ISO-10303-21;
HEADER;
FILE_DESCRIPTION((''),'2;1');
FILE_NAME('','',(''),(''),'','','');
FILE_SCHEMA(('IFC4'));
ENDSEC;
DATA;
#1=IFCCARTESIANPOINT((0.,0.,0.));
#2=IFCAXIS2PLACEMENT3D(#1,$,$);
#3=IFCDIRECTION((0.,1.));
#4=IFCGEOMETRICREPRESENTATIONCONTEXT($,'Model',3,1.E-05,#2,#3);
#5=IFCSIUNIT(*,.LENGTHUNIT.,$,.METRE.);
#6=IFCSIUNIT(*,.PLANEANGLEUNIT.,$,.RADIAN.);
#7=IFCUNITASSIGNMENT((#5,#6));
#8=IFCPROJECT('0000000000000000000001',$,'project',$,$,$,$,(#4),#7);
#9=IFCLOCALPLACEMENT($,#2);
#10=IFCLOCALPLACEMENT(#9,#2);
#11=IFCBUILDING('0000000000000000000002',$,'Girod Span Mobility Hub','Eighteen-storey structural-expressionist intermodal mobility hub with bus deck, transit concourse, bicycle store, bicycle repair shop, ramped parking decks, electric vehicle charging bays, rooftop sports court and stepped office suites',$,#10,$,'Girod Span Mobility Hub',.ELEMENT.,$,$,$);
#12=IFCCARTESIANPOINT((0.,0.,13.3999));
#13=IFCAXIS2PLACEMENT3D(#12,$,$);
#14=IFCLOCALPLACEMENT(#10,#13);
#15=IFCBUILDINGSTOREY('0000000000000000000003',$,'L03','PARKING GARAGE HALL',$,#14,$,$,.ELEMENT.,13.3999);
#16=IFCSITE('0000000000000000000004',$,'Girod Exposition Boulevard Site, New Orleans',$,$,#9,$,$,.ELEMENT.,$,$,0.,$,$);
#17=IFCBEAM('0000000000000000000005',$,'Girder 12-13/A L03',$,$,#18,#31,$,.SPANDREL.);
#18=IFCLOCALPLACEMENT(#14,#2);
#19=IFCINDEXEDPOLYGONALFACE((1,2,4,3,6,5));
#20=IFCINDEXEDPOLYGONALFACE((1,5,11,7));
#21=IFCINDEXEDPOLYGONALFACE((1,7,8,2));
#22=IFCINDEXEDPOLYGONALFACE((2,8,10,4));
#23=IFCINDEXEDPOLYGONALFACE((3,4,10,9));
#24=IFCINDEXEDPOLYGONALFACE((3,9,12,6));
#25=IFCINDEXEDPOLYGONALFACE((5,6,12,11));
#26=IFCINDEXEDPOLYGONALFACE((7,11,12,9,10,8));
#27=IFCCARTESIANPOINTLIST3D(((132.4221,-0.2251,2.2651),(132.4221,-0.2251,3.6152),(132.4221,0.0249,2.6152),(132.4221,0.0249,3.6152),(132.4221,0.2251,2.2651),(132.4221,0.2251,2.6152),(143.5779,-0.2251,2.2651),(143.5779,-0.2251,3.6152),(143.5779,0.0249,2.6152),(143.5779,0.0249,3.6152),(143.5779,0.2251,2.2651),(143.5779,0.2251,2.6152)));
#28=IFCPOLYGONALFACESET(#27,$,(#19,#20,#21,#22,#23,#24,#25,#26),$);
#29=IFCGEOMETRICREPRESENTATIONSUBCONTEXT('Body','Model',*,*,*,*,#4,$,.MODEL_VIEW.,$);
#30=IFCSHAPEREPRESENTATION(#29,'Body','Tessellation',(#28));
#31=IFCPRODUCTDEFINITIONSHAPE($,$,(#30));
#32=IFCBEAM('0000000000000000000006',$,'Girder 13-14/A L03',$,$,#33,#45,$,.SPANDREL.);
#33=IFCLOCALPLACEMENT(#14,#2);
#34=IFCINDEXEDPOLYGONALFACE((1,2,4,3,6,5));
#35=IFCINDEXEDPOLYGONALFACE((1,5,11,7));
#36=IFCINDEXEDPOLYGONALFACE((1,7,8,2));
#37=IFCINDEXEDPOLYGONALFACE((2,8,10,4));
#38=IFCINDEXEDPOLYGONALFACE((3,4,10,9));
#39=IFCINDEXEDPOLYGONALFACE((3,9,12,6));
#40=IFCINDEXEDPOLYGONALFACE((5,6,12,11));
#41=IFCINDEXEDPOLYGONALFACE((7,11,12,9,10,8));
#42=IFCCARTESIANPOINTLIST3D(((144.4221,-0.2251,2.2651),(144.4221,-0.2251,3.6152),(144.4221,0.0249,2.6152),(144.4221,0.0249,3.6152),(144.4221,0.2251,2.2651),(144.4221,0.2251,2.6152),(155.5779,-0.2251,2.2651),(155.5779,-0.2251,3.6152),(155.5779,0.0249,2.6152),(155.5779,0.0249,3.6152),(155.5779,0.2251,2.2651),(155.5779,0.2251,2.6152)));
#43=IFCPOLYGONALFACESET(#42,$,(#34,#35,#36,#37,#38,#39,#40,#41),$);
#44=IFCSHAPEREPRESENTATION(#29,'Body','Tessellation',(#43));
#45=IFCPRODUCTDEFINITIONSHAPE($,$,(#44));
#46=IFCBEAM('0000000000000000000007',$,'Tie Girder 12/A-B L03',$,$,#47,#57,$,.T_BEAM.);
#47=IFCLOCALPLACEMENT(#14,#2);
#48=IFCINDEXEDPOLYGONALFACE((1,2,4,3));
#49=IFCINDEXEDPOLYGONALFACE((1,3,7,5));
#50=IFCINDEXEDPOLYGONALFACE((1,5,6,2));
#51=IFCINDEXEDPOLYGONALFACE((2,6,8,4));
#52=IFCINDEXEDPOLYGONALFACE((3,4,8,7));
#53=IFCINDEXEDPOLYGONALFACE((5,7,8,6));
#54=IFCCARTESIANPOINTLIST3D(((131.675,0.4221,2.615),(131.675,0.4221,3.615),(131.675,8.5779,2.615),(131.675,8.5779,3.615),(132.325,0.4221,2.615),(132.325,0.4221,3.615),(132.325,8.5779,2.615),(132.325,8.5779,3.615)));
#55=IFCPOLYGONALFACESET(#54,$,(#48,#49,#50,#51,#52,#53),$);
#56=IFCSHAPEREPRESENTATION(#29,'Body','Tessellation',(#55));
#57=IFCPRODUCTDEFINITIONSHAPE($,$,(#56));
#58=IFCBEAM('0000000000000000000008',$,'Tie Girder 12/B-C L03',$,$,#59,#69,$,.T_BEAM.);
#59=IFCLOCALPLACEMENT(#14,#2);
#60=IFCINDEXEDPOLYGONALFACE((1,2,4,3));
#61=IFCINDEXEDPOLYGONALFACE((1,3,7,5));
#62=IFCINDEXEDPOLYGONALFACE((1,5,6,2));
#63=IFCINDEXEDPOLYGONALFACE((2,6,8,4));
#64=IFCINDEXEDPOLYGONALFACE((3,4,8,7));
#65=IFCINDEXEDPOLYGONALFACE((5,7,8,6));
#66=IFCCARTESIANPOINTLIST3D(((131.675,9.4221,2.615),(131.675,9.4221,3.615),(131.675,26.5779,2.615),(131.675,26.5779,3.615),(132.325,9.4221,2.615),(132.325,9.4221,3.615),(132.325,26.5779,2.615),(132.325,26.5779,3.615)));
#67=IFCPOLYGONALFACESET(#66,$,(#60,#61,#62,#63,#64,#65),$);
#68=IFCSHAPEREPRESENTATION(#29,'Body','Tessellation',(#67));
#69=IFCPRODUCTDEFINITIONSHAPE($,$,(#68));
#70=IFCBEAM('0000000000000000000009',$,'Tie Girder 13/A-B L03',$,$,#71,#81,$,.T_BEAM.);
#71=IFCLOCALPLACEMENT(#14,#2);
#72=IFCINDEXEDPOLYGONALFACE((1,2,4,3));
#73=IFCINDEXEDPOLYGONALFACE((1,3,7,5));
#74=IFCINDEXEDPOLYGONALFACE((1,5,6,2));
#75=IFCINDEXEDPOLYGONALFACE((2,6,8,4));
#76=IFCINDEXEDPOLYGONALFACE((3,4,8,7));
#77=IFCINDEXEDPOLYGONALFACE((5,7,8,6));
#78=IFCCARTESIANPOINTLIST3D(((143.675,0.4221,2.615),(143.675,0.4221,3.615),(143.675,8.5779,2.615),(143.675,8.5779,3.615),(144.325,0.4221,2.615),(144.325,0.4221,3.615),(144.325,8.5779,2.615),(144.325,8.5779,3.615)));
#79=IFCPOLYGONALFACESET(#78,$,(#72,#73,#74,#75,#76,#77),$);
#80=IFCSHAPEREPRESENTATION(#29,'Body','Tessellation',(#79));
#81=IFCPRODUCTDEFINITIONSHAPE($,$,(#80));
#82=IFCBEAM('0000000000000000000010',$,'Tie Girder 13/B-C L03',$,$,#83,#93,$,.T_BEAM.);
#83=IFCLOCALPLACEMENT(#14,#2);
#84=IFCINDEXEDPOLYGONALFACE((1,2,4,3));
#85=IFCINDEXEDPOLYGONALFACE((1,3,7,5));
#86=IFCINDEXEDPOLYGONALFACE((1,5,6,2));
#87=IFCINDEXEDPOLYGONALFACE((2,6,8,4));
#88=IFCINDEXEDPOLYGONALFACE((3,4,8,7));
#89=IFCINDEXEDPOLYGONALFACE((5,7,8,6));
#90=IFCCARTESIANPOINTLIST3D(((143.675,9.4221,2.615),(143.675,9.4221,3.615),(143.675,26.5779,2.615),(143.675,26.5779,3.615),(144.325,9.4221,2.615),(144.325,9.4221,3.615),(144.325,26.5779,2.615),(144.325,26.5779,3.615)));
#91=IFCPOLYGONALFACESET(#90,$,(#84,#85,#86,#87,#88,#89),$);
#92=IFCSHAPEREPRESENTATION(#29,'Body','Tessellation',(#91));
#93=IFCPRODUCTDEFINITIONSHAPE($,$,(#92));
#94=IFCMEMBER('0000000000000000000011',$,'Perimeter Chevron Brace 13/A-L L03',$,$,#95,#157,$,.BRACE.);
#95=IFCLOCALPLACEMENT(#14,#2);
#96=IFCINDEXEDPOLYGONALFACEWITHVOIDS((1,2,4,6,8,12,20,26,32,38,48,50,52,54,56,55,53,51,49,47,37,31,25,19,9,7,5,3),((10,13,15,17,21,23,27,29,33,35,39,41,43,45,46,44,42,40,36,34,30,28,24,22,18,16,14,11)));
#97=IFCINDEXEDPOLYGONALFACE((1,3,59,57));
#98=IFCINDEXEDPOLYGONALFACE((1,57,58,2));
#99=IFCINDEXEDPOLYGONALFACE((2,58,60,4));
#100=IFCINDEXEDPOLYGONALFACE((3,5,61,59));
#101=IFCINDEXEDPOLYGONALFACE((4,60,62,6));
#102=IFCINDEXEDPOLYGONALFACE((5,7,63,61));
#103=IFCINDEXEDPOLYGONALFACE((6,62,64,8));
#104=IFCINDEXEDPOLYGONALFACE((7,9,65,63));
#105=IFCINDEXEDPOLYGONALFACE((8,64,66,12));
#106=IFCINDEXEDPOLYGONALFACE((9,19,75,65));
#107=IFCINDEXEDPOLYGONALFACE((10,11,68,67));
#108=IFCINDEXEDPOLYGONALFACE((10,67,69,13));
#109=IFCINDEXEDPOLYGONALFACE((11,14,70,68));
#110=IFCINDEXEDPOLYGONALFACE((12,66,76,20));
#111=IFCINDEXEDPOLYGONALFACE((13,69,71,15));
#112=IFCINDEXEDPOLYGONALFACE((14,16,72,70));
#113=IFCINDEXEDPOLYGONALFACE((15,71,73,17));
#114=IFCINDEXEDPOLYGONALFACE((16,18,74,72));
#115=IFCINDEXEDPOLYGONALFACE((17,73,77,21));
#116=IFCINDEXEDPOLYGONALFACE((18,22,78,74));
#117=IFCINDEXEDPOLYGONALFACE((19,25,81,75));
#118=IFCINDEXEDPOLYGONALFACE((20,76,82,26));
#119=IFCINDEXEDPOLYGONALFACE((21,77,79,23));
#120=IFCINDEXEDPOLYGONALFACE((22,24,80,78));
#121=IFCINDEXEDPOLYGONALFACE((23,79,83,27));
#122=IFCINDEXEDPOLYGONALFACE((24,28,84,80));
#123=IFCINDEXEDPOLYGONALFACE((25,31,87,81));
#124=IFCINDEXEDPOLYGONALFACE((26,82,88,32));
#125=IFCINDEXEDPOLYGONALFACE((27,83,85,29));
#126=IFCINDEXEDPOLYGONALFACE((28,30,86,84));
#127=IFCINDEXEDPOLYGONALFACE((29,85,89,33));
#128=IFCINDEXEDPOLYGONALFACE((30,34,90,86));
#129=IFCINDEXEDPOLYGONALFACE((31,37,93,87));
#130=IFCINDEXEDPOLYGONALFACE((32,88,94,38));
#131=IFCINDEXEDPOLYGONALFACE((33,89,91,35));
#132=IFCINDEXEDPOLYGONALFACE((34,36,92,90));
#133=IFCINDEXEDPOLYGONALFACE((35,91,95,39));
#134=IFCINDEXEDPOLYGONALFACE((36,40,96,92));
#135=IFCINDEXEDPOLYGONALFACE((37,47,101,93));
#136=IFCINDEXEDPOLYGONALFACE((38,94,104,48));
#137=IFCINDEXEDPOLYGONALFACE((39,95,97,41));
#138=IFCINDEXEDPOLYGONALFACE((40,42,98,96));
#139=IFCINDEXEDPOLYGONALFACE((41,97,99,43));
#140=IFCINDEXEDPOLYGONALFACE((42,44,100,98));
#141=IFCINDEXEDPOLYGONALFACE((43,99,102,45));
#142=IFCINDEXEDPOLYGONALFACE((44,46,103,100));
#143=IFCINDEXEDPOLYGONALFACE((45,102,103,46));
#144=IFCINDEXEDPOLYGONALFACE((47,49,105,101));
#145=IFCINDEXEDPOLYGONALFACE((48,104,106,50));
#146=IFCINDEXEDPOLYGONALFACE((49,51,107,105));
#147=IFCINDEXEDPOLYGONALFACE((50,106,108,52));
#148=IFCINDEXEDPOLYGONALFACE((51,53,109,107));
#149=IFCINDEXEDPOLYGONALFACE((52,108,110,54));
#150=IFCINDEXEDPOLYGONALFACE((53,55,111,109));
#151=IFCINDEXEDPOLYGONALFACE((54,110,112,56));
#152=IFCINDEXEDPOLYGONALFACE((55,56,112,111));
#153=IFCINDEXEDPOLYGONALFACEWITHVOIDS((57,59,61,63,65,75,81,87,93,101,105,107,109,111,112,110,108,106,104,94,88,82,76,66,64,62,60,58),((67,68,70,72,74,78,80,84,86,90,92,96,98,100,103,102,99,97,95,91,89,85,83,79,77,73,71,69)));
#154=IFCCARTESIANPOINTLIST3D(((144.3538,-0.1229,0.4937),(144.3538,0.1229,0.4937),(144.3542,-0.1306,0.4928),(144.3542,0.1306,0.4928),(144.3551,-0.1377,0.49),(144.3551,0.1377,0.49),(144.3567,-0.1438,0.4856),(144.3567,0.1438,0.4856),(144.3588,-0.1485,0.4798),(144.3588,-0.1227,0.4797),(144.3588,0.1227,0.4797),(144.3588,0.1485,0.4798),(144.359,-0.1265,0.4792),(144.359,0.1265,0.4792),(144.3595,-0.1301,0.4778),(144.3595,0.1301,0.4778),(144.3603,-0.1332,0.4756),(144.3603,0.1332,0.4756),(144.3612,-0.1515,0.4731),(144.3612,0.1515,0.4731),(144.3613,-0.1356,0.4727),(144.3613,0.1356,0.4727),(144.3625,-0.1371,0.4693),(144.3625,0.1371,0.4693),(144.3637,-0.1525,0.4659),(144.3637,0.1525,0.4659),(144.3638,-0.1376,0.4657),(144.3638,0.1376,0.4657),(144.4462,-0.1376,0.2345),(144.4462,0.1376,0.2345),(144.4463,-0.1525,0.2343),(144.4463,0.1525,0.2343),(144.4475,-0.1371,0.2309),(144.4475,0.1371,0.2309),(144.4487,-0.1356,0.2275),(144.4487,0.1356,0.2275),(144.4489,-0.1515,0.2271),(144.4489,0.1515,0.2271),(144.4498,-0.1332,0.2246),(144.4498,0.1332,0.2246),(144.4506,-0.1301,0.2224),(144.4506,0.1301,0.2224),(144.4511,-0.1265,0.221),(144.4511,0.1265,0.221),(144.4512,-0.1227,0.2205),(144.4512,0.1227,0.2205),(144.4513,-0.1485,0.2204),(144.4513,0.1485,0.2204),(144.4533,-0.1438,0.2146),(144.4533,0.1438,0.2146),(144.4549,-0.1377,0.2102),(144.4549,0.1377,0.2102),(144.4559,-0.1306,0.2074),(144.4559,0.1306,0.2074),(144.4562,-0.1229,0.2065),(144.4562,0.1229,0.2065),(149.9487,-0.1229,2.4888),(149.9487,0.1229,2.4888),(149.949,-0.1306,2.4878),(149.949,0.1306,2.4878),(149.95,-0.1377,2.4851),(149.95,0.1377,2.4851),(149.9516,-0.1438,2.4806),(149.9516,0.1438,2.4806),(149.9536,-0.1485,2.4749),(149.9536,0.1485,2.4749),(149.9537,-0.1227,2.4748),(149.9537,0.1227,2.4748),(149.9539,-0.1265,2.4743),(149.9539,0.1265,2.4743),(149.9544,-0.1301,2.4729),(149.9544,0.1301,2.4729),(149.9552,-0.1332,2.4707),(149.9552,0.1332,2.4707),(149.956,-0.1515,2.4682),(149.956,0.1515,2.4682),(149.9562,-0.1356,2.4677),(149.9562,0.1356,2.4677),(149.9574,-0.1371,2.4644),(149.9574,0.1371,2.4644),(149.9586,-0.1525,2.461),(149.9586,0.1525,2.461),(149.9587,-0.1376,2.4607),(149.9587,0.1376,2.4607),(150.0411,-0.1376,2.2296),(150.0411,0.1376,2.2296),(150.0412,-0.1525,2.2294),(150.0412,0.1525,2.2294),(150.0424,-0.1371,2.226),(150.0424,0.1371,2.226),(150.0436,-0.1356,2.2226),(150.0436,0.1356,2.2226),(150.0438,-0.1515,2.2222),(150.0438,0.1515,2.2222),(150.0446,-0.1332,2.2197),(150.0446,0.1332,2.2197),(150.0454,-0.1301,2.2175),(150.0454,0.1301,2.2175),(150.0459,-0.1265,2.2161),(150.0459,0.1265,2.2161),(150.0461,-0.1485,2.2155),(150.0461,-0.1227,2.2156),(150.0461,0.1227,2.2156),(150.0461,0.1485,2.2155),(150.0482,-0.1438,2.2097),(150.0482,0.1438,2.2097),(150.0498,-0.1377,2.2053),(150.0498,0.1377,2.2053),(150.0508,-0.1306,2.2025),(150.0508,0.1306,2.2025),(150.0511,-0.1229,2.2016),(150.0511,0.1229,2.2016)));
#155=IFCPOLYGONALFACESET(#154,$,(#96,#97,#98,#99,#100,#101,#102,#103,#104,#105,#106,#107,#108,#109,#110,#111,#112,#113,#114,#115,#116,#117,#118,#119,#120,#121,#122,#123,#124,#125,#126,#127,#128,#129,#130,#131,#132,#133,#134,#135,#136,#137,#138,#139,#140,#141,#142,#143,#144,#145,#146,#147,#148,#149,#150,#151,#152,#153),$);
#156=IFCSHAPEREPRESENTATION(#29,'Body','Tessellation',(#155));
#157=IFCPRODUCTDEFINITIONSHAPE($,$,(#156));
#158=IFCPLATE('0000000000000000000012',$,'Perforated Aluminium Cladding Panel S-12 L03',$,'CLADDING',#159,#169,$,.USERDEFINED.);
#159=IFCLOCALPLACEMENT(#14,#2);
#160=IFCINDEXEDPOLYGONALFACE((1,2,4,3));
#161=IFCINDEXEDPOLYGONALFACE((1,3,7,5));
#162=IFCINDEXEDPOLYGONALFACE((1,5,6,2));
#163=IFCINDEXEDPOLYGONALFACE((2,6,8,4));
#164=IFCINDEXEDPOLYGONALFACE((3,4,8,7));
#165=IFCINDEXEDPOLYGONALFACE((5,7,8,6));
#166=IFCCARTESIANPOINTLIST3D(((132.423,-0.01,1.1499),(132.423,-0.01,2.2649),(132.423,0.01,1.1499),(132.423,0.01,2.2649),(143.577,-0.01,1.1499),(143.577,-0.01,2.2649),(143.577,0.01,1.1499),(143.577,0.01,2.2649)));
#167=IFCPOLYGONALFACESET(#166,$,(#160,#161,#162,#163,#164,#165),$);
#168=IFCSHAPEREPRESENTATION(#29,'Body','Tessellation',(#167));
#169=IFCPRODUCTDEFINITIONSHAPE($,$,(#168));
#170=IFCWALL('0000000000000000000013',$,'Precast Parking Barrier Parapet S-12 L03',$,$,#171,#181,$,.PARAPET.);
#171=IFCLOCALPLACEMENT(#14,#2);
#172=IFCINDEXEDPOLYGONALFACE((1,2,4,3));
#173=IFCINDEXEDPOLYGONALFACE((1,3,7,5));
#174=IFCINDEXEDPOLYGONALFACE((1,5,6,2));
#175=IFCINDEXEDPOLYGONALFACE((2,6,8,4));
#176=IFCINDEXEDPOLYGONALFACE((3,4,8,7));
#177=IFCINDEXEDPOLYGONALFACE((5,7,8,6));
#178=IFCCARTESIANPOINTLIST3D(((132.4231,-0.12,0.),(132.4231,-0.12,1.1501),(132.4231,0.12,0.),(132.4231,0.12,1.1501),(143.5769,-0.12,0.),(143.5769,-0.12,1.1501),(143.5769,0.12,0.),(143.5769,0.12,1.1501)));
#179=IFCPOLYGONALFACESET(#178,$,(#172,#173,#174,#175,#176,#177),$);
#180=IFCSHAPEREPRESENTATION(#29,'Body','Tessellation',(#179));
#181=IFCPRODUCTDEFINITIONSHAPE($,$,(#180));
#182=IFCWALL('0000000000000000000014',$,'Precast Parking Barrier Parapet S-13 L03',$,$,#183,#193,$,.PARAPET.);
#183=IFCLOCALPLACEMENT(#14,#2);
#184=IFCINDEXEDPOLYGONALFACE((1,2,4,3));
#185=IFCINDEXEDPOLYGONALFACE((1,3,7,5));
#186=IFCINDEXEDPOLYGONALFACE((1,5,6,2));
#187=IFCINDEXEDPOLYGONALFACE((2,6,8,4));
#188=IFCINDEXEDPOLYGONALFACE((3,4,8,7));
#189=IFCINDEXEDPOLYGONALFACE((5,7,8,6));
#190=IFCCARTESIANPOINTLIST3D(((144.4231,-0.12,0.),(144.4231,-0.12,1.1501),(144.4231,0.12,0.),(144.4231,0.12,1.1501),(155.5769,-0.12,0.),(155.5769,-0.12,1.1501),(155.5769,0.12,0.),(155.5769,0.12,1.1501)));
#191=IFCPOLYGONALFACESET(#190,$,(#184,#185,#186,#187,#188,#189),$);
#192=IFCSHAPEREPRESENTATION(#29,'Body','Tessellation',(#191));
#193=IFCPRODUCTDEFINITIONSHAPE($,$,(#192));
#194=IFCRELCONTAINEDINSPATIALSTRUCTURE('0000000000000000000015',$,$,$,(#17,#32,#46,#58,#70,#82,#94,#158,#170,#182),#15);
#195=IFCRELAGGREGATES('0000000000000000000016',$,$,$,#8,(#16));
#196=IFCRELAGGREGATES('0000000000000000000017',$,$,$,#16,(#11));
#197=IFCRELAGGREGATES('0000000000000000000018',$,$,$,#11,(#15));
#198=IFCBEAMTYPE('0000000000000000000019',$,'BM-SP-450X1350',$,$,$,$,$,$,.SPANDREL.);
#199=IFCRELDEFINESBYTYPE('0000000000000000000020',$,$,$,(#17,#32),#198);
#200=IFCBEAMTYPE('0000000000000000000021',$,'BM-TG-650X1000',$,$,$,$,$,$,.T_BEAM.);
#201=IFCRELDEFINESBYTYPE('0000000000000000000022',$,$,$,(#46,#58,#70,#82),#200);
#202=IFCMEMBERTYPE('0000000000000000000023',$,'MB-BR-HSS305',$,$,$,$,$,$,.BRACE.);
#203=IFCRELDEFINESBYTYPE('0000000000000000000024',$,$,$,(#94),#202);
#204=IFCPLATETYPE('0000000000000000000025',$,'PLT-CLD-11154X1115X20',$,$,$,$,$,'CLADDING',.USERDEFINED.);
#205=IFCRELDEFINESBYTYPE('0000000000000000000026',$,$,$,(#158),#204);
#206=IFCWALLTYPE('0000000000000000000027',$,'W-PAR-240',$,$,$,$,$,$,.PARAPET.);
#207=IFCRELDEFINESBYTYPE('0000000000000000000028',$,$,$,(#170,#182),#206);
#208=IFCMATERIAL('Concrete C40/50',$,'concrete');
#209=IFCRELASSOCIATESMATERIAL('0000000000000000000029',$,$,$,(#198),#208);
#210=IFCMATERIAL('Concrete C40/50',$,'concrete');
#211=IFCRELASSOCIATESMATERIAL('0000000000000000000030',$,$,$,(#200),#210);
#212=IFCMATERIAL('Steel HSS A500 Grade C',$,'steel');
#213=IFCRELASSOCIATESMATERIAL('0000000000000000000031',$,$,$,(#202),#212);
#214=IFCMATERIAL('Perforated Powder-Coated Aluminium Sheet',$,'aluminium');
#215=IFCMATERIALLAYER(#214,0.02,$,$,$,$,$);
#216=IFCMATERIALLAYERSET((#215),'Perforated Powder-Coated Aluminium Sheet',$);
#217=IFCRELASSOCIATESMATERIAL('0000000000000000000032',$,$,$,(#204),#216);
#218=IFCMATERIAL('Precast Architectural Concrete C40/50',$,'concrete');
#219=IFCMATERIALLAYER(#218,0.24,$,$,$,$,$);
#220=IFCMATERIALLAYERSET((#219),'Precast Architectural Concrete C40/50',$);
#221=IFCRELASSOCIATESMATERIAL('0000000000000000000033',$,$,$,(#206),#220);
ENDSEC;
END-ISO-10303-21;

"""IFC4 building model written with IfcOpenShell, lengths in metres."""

from ifc_helpers import new_model, si_unit, direction, frame, frame_2d, origin, origin_2d, place, context, subcontext, project, spatial, polyline, rectangle, hollow_rectangle, outline, extrude, material, layer, layer_set, material_profile, profile_set, type_object, element, save


model = new_model("IFC4")

# Units and contexts
model_context = context("Model", 3, precision=1e-05, world=origin(), true_north=direction((0.0, 1.0)))
body_context = subcontext(model_context, "Body", "Model", "MODEL_VIEW")
ifc_project = project(units=[si_unit("LENGTHUNIT", "METRE"), si_unit("PLANEANGLEUNIT", "RADIAN")], contexts=[model_context])

# Site, building, storey
site_placement = place(None, origin())
site = spatial("IfcSite", under=ifc_project, at=site_placement, Name="Girod Exposition Boulevard Site, New Orleans", CompositionType="ELEMENT", RefElevation=0.0)
building_placement = place(site_placement, origin())
building = spatial("IfcBuilding", under=site, at=building_placement, Name="Girod Span Mobility Hub", Description="Eighteen-storey structural-expressionist intermodal mobility hub with bus deck, transit concourse, bicycle store, bicycle repair shop, ramped parking decks, electric vehicle charging bays, rooftop sports court and stepped office suites", LongName="Girod Span Mobility Hub", CompositionType="ELEMENT")
storey_placement = place(building_placement, frame((0.0, 0.0, 13.3999)))
storey = spatial("IfcBuildingStorey", under=building, at=storey_placement, Name="L03", Description="PARKING GARAGE HALL", CompositionType="ELEMENT", Elevation=13.3999)

# Beams
ifc_material_1 = material(Name="Concrete C40/50", Category="concrete")
ifc_material_profile_1 = material_profile(ifc_material_1, outline(polyline([(-0.2251, -0.675), (0.2251, -0.675), (0.2251, -0.325), (0.0249, -0.325), (0.0249, 0.675), (-0.2251, 0.675), (-0.2251, -0.675)])), Name="SP-450X1350")
ifc_profile_set_1 = profile_set([ifc_material_profile_1], Name="Concrete C40/50")
beam_type_1 = type_object("IfcBeamType", Name="BM-SP-450X1350", PredefinedType="SPANDREL", material=ifc_profile_set_1)
for number, where, z_axis, x_axis, name in (
    (1, (132.4221, 0.0, 2.9402), (1.0, 0.0, 0.0), (0.0, 1.0, 0.0), "Girder 12-13/A L03"),
    (2, (144.4221, 0.0, 2.9402), (1.0, 0.0, 0.0), (0.0, 1.0, 0.0), "Girder 13-14/A L03"),
):
    element("IfcBeam", number, at=place(storey_placement, frame(where, z_axis=z_axis, x_axis=x_axis)), inside=storey, type_object=beam_type_1, Name=name, PredefinedType="SPANDREL", context=body_context, shape_type="SweptSolid", body=[
        extrude(outline(polyline([(-0.2251, -0.675), (0.2251, -0.675), (0.2251, -0.325), (0.0249, -0.325), (0.0249, 0.675), (-0.2251, 0.675), (-0.2251, -0.675)])), origin(), (0.0, 0.0, 1.0), 11.1558),
    ])
ifc_material_2 = material(Name="Concrete C40/50", Category="concrete")
ifc_material_profile_2 = material_profile(ifc_material_2, rectangle(XDim=0.6499, YDim=1.0, at=origin_2d()), Name="TG-650X1000")
ifc_profile_set_2 = profile_set([ifc_material_profile_2], Name="Concrete C40/50")
beam_type_2 = type_object("IfcBeamType", Name="BM-TG-650X1000", PredefinedType="T_BEAM", material=ifc_profile_set_2)
beam_1_placement = place(storey_placement, frame((132.0, 0.4221, 3.115), z_axis=(0.0, 1.0, 0.0), x_axis=(-1.0, 0.0, 0.0)))
element("IfcBeam", 3, at=beam_1_placement, inside=storey, type_object=beam_type_2, Name="Tie Girder 12/A-B L03", PredefinedType="T_BEAM", context=body_context, shape_type="SweptSolid", body=[
    extrude(rectangle(XDim=0.6499, YDim=1.0, at=origin_2d()), origin(), (0.0, 0.0, 1.0), 8.1558),
])
beam_2_placement = place(storey_placement, frame((132.0, 9.4221, 3.115), z_axis=(0.0, 1.0, 0.0), x_axis=(-1.0, 0.0, 0.0)))
element("IfcBeam", 4, at=beam_2_placement, inside=storey, type_object=beam_type_2, Name="Tie Girder 12/B-C L03", PredefinedType="T_BEAM", context=body_context, shape_type="SweptSolid", body=[
    extrude(rectangle(XDim=0.6499, YDim=1.0, at=origin_2d()), origin(), (0.0, 0.0, 1.0), 17.1558),
])
beam_3_placement = place(storey_placement, frame((144.0, 0.4221, 3.115), z_axis=(0.0, 1.0, 0.0), x_axis=(-1.0, 0.0, 0.0)))
element("IfcBeam", 5, at=beam_3_placement, inside=storey, type_object=beam_type_2, Name="Tie Girder 13/A-B L03", PredefinedType="T_BEAM", context=body_context, shape_type="SweptSolid", body=[
    extrude(rectangle(XDim=0.6499, YDim=1.0, at=origin_2d()), origin(), (0.0, 0.0, 1.0), 8.1558),
])
beam_4_placement = place(storey_placement, frame((144.0, 9.4221, 3.115), z_axis=(0.0, 1.0, 0.0), x_axis=(-1.0, 0.0, 0.0)))
element("IfcBeam", 6, at=beam_4_placement, inside=storey, type_object=beam_type_2, Name="Tie Girder 13/B-C L03", PredefinedType="T_BEAM", context=body_context, shape_type="SweptSolid", body=[
    extrude(rectangle(XDim=0.6499, YDim=1.0, at=origin_2d()), origin(), (0.0, 0.0, 1.0), 17.1558),
])

# Member
ifc_material_3 = material(Name="Steel HSS A500 Grade C", Category="steel")
ifc_material_profile_3 = material_profile(ifc_material_3, hollow_rectangle(XDim=0.3049, YDim=0.3049, WallThickness=0.0149, InnerFilletRadius=0.0149, OuterFilletRadius=0.0295, at=origin_2d()), Name="HSS305X305X16")
ifc_profile_set_3 = profile_set([ifc_material_profile_3], Name="Steel HSS A500 Grade C")
member_type = type_object("IfcMemberType", Name="MB-BR-HSS305", PredefinedType="BRACE", material=ifc_profile_set_3)
member_placement = place(storey_placement, frame((144.405, 0.0, 0.3501), z_axis=(0.941906, 0.0, 0.335876), x_axis=(0.0, 1.0, 0.0)))
element("IfcMember", 7, at=member_placement, inside=storey, type_object=member_type, Name="Perimeter Chevron Brace 13/A-L L03", PredefinedType="BRACE", context=body_context, shape_type="SweptSolid", body=[
    extrude(hollow_rectangle(XDim=0.3049, YDim=0.3049, WallThickness=0.0149, InnerFilletRadius=0.0149, OuterFilletRadius=0.0295, at=origin_2d()), origin(), (0.0, 0.0, 1.0), 5.9399),
])

# Plate
ifc_material_4 = material(Name="Perforated Powder-Coated Aluminium Sheet", Category="aluminium")
ifc_layer_1 = layer(ifc_material_4, 0.02)
ifc_layer_set_1 = layer_set([ifc_layer_1], Name="Perforated Powder-Coated Aluminium Sheet")
plate_type = type_object("IfcPlateType", Name="PLT-CLD-11154X1115X20", ElementType="CLADDING", PredefinedType="USERDEFINED", material=ifc_layer_set_1)
plate_placement = place(storey_placement, frame((138.0, 0.0, 1.1499), z_axis=(0.0, 0.0, 1.0), x_axis=(1.0, 0.0, 0.0)))
element("IfcPlate", 8, at=plate_placement, inside=storey, type_object=plate_type, Name="Perforated Aluminium Cladding Panel S-12 L03", ObjectType="CLADDING", PredefinedType="USERDEFINED", context=body_context, shape_type="SweptSolid", body=[
    extrude(rectangle(XDim=11.1541, YDim=0.02, at=origin_2d()), origin(), (0.0, 0.0, 1.0), 1.115),
])

# Walls
ifc_material_5 = material(Name="Precast Architectural Concrete C40/50", Category="concrete")
ifc_layer_2 = layer(ifc_material_5, 0.24)
ifc_layer_set_2 = layer_set([ifc_layer_2], Name="Precast Architectural Concrete C40/50")
wall_type = type_object("IfcWallType", Name="W-PAR-240", PredefinedType="PARAPET", material=ifc_layer_set_2)
for number, where, z_axis, x_axis, name in (
    (9, (132.4231, 0.0, 0.0), (0.0, 0.0, 1.0), (1.0, 0.0, 0.0), "Precast Parking Barrier Parapet S-12 L03"),
    (10, (144.4231, 0.0, 0.0), (0.0, 0.0, 1.0), (1.0, 0.0, 0.0), "Precast Parking Barrier Parapet S-13 L03"),
):
    element("IfcWall", number, at=place(storey_placement, frame(where, z_axis=z_axis, x_axis=x_axis)), inside=storey, type_object=wall_type, Name=name, PredefinedType="PARAPET", context=body_context, shape_type="SweptSolid", body=[
        extrude(rectangle(XDim=11.1538, YDim=0.24, at=frame_2d((5.5769, 0.0))), origin(), (0.0, 0.0, 1.0), 1.1501),
    ])

save(model, "model.ifc")
